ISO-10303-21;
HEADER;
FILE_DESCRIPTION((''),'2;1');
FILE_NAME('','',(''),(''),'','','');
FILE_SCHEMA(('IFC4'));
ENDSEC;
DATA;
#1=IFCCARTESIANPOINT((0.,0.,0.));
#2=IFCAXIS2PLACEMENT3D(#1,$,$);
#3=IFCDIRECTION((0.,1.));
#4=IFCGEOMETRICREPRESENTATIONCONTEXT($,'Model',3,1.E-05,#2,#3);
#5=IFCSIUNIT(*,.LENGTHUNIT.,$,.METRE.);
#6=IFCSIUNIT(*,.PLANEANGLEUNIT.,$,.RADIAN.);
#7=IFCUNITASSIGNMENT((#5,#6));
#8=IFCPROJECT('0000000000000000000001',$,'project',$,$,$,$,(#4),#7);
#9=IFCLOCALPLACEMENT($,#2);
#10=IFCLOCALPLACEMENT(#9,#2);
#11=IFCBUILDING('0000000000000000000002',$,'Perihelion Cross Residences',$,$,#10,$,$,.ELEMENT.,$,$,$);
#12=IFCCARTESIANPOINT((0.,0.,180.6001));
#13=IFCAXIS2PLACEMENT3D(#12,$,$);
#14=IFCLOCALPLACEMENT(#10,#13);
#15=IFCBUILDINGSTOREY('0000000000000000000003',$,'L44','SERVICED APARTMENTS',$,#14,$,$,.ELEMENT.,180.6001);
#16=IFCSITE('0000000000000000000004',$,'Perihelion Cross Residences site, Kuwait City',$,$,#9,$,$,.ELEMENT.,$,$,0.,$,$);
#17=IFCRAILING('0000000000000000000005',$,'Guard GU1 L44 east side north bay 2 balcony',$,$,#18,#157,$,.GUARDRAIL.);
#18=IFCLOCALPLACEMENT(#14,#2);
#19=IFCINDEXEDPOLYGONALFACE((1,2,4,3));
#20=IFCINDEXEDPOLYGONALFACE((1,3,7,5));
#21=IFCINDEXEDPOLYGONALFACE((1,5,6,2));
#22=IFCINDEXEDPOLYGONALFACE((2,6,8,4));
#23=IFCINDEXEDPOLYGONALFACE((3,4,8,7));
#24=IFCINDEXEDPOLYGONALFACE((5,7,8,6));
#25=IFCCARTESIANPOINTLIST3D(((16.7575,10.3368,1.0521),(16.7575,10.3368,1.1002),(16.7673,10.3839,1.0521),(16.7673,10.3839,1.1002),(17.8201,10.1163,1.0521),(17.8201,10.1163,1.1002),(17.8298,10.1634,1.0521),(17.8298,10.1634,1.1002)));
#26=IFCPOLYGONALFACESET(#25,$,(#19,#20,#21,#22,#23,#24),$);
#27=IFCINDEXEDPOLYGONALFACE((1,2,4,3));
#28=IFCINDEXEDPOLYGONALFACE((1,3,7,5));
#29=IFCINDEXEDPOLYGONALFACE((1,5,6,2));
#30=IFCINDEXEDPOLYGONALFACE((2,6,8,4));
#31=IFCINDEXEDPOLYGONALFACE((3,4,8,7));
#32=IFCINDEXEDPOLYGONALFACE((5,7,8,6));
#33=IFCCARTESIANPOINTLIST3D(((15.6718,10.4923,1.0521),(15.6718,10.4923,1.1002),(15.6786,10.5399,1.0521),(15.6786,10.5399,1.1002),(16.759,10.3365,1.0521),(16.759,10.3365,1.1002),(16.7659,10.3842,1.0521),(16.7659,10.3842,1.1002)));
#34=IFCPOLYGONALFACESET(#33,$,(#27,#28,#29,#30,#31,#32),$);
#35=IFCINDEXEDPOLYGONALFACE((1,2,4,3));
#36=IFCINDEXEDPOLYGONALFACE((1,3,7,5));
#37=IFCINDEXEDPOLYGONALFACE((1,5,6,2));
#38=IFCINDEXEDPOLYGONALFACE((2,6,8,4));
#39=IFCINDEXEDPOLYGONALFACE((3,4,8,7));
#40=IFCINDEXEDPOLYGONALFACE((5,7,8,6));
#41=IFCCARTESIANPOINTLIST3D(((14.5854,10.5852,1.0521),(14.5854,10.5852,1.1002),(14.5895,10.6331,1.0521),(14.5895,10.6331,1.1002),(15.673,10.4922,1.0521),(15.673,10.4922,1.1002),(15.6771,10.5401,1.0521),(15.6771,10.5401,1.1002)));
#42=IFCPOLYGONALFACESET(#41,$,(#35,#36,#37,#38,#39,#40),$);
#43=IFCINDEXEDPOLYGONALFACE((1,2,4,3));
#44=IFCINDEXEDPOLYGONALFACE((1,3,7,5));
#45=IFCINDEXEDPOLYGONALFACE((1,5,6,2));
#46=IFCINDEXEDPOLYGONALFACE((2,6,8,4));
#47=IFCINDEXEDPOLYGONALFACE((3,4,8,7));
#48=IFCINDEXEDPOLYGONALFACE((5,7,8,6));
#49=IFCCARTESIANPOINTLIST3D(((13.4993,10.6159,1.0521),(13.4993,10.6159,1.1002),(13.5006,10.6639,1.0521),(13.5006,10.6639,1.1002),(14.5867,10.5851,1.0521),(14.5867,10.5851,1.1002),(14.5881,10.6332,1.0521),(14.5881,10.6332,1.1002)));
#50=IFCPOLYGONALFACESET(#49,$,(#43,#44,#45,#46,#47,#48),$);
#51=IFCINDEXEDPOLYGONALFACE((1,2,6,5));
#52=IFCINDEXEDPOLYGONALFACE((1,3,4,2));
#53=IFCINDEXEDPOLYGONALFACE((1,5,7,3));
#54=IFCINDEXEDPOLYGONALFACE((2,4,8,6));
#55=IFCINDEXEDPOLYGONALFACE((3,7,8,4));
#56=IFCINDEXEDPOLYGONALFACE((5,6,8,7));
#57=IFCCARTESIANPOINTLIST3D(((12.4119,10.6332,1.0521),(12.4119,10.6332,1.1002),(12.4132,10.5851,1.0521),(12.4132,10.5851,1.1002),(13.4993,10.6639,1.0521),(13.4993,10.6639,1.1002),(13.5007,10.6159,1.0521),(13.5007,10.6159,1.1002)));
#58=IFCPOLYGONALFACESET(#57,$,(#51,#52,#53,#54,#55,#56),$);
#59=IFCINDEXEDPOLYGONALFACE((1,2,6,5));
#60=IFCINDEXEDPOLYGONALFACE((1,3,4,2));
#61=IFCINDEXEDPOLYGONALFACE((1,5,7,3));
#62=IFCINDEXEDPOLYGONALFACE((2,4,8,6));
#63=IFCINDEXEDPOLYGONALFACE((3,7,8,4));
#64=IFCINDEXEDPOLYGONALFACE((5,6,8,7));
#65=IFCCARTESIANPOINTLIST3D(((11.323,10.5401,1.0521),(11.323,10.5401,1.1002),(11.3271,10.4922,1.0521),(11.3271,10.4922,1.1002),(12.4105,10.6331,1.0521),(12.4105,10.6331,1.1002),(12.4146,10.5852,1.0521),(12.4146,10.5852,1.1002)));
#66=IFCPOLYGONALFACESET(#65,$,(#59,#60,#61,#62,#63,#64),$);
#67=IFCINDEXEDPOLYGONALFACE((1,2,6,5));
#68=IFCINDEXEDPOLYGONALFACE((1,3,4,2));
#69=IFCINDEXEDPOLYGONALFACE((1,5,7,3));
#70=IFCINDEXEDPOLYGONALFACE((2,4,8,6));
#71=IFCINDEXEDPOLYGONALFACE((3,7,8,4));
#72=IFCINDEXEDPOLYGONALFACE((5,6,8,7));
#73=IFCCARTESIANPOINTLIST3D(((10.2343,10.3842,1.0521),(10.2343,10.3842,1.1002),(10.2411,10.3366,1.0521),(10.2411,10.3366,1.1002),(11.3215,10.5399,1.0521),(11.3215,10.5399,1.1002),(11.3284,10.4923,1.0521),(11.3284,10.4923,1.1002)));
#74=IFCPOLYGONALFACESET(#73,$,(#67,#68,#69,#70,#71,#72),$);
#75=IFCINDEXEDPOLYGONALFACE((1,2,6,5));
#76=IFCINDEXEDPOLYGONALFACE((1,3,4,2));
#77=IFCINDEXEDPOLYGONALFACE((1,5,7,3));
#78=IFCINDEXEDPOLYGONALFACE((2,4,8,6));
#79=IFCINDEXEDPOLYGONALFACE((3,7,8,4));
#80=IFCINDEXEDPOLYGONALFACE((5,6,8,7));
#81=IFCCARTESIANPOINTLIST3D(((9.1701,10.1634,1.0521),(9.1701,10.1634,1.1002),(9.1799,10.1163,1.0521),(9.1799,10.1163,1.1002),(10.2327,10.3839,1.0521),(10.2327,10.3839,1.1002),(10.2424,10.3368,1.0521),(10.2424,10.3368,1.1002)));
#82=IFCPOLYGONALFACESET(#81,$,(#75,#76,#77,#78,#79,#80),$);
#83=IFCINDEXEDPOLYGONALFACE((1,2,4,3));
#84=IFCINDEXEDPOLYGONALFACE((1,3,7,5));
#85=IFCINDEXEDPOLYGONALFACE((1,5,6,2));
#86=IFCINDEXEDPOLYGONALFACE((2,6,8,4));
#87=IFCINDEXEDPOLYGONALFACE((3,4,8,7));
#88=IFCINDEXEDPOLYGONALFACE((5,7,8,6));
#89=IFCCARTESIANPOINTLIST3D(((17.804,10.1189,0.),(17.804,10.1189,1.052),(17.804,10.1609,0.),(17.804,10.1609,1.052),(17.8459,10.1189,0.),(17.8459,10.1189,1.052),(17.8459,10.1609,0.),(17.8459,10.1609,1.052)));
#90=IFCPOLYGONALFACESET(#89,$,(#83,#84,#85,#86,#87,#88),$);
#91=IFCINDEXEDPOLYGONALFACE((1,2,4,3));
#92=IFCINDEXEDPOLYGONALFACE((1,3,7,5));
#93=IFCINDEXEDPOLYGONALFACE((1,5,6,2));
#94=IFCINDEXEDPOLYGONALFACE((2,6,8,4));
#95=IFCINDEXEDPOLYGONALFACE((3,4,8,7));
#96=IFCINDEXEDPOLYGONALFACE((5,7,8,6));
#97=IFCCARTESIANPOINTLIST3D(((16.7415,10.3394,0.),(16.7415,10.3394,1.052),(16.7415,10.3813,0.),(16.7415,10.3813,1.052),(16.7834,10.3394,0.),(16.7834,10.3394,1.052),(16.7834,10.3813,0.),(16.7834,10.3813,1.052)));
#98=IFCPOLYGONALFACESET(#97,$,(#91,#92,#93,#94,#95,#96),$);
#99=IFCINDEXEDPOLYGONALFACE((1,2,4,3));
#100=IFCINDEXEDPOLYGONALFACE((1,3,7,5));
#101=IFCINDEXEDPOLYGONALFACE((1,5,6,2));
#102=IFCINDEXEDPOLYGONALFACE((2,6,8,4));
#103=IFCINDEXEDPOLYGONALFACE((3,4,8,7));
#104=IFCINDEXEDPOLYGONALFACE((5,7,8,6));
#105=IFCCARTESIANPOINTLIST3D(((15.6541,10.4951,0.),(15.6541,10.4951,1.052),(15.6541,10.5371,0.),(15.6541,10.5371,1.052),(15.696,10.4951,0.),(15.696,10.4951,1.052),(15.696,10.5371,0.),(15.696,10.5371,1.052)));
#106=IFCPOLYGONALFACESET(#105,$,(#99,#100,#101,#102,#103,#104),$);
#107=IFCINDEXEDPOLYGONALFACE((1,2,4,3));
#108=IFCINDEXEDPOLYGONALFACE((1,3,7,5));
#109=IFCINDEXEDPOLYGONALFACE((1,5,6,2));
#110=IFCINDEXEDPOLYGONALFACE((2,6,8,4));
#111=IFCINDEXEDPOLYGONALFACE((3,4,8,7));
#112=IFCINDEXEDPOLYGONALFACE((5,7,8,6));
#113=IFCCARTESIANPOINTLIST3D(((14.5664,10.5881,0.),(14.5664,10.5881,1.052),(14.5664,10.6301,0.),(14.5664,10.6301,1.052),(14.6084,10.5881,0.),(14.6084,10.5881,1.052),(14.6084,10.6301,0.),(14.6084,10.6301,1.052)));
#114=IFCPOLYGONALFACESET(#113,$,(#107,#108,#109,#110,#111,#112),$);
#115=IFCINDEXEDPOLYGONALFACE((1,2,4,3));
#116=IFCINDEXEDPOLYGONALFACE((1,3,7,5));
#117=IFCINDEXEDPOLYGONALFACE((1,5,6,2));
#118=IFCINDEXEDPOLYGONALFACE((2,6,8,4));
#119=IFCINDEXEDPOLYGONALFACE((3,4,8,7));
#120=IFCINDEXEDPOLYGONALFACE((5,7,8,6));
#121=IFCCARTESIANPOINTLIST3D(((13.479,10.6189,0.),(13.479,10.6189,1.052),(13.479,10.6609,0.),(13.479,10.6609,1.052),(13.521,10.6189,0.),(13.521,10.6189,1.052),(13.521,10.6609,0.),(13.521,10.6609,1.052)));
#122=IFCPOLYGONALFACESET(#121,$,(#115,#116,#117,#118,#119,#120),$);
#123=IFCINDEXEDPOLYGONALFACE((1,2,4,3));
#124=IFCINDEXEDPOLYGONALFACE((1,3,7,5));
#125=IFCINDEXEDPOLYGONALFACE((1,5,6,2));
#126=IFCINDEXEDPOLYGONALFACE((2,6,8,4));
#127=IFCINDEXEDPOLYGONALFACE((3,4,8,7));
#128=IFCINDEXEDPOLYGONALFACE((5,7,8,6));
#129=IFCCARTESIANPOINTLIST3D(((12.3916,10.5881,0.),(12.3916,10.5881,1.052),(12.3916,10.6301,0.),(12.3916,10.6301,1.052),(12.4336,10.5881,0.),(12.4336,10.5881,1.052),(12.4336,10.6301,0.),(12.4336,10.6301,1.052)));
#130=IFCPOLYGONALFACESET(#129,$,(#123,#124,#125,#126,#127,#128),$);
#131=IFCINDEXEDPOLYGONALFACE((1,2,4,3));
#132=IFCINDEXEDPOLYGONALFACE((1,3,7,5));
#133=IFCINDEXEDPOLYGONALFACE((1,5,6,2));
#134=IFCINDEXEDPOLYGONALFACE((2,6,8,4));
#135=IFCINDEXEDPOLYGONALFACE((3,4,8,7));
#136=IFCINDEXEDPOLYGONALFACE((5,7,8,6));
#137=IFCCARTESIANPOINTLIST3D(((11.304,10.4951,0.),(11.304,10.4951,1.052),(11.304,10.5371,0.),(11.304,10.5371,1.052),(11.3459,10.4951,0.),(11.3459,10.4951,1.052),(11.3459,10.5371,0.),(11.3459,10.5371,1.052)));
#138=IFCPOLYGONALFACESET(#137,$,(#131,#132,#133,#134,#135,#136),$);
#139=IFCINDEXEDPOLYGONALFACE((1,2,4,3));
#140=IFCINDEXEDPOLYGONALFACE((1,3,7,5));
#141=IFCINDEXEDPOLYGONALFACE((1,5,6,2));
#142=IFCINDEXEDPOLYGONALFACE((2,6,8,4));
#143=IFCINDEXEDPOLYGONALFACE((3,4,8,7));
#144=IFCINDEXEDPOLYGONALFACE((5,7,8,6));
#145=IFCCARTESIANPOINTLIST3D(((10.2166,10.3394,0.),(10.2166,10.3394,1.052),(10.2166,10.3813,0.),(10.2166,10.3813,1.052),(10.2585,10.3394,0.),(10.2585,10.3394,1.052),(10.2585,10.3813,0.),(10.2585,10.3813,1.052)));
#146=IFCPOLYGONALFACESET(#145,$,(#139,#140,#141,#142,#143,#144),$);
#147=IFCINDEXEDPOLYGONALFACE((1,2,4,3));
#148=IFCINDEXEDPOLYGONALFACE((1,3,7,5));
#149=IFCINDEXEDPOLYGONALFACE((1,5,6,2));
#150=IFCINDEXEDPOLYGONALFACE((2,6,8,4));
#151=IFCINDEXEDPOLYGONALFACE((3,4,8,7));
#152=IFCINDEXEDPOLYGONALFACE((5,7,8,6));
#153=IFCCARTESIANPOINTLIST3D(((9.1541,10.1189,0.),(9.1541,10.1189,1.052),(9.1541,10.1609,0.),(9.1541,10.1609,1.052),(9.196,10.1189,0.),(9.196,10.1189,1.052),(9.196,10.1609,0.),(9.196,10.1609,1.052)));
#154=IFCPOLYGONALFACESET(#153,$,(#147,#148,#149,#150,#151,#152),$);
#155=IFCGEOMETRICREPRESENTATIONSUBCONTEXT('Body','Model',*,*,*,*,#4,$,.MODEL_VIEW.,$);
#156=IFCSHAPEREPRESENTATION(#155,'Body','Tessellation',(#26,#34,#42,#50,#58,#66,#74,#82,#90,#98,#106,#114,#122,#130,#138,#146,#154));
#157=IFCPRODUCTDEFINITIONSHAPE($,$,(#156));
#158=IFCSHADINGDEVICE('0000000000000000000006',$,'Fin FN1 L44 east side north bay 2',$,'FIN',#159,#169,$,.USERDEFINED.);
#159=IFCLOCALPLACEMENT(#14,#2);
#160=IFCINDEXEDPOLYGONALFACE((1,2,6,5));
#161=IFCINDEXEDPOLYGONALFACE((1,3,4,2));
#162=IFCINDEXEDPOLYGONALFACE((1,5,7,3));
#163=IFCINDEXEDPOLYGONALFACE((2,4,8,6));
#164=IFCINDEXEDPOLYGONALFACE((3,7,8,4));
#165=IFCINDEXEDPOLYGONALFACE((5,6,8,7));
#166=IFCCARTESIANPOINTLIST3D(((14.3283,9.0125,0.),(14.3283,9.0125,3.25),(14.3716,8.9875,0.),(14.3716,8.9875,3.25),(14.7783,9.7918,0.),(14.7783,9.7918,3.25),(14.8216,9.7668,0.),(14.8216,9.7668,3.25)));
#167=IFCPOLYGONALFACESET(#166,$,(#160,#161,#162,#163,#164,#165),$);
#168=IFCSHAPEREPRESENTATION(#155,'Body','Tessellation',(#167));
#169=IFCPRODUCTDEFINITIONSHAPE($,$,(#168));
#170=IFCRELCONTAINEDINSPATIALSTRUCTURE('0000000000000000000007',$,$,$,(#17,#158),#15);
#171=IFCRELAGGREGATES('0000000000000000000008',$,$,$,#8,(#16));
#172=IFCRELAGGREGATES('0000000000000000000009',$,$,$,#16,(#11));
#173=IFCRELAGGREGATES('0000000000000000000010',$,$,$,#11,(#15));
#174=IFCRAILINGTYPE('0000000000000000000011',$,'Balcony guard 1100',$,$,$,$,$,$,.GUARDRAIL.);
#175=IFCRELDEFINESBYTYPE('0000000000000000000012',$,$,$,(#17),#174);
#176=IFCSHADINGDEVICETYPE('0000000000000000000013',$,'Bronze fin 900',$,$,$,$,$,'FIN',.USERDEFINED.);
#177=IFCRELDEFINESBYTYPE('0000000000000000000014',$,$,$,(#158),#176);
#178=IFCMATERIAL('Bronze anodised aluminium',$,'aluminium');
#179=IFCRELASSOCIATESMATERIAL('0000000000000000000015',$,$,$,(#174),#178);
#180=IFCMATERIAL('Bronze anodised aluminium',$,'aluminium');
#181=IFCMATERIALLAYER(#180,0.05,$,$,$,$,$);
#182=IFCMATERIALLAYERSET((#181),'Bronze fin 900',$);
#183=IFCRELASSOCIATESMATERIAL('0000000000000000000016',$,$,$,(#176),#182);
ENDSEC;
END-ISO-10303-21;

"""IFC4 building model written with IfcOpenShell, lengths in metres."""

from ifc_helpers import new_model, si_unit, direction, frame, origin, origin_2d, place, context, subcontext, project, spatial, rectangle, extrude, material, layer, layer_set, type_object, element, save


model = new_model("IFC4")

# Units and contexts
model_context = context("Model", 3, precision=1e-05, world=origin(), true_north=direction((0.0, 1.0)))
body_context = subcontext(model_context, "Body", "Model", "MODEL_VIEW")
ifc_project = project(units=[si_unit("LENGTHUNIT", "METRE"), si_unit("PLANEANGLEUNIT", "RADIAN")], contexts=[model_context])

# Site, building, storey
site_placement = place(None, origin())
site = spatial("IfcSite", under=ifc_project, at=site_placement, Name="Perihelion Cross Residences site, Kuwait City", CompositionType="ELEMENT", RefElevation=0.0)
building_placement = place(site_placement, origin())
building = spatial("IfcBuilding", under=site, at=building_placement, Name="Perihelion Cross Residences", CompositionType="ELEMENT")
storey_placement = place(building_placement, frame((0.0, 0.0, 180.6001)))
storey = spatial("IfcBuildingStorey", under=building, at=storey_placement, Name="L44", Description="SERVICED APARTMENTS", CompositionType="ELEMENT", Elevation=180.6001)

# Railing
ifc_material_1 = material(Name="Bronze anodised aluminium", Category="aluminium")
railing_type = type_object("IfcRailingType", Name="Balcony guard 1100", PredefinedType="GUARDRAIL", material=ifc_material_1)
railing_placement = place(storey_placement, frame((17.825, 10.1399, 0.0)))
element("IfcRailing", 1, at=railing_placement, inside=storey, type_object=railing_type, Name="Guard GU1 L44 east side north bay 2 balcony", PredefinedType="GUARDRAIL", context=body_context, shape_type="SweptSolid", body=[
    extrude(rectangle(XDim=0.0481, YDim=0.0481, at=origin_2d()), frame((0.0, 0.0, 1.0762), z_axis=(-0.979145, 0.203164, 0.0), x_axis=(-0.203164, -0.979145, 0.0)), (0.0, 0.0, 1.0), 1.0852),
    extrude(rectangle(XDim=0.0481, YDim=0.0481, at=origin_2d()), frame((-1.0625, 0.2205, 1.0762), z_axis=(-0.989896, 0.141795, 0.0), x_axis=(-0.141795, -0.989896, 0.0)), (0.0, 0.0, 1.0), 1.0984),
    extrude(rectangle(XDim=0.0481, YDim=0.0481, at=origin_2d()), frame((-2.1499, 0.3762, 1.0762), z_axis=(-0.996363, 0.085211, 0.0), x_axis=(-0.085211, -0.996363, 0.0)), (0.0, 0.0, 1.0), 1.0916),
    extrude(rectangle(XDim=0.0481, YDim=0.0481, at=origin_2d()), frame((-3.2375, 0.4692, 1.0762), z_axis=(-0.9996, 0.028278, 0.0), x_axis=(-0.028278, -0.9996, 0.0)), (0.0, 0.0, 1.0), 1.0879),
    extrude(rectangle(XDim=0.0481, YDim=0.0481, at=origin_2d()), frame((-4.325, 0.5, 1.0762), z_axis=(-0.9996, -0.028278, 0.0), x_axis=(0.028278, -0.9996, 0.0)), (0.0, 0.0, 1.0), 1.0879),
    extrude(rectangle(XDim=0.0481, YDim=0.0481, at=origin_2d()), frame((-5.4124, 0.4692, 1.0762), z_axis=(-0.996363, -0.085211, 0.0), x_axis=(0.085211, -0.996363, 0.0)), (0.0, 0.0, 1.0), 1.0916),
    extrude(rectangle(XDim=0.0481, YDim=0.0481, at=origin_2d()), frame((-6.5, 0.3762, 1.0762), z_axis=(-0.989896, -0.141795, 0.0), x_axis=(0.141795, -0.989896, 0.0)), (0.0, 0.0, 1.0), 1.0984),
    extrude(rectangle(XDim=0.0481, YDim=0.0481, at=origin_2d()), frame((-7.5874, 0.2205, 1.0762), z_axis=(-0.979145, -0.203164, 0.0), x_axis=(0.203164, -0.979145, 0.0)), (0.0, 0.0, 1.0), 1.0852),
    extrude(rectangle(XDim=0.042, YDim=0.042, at=origin_2d()), origin(), (0.0, 0.0, 1.0), 1.052),
    extrude(rectangle(XDim=0.042, YDim=0.042, at=origin_2d()), frame((-1.0625, 0.2205, 0.0)), (0.0, 0.0, 1.0), 1.052),
    extrude(rectangle(XDim=0.042, YDim=0.042, at=origin_2d()), frame((-2.1499, 0.3762, 0.0)), (0.0, 0.0, 1.0), 1.052),
    extrude(rectangle(XDim=0.042, YDim=0.042, at=origin_2d()), frame((-3.2375, 0.4692, 0.0)), (0.0, 0.0, 1.0), 1.052),
    extrude(rectangle(XDim=0.042, YDim=0.042, at=origin_2d()), frame((-4.325, 0.5, 0.0)), (0.0, 0.0, 1.0), 1.052),
    extrude(rectangle(XDim=0.042, YDim=0.042, at=origin_2d()), frame((-5.4124, 0.4692, 0.0)), (0.0, 0.0, 1.0), 1.052),
    extrude(rectangle(XDim=0.042, YDim=0.042, at=origin_2d()), frame((-6.5, 0.3762, 0.0)), (0.0, 0.0, 1.0), 1.052),
    extrude(rectangle(XDim=0.042, YDim=0.042, at=origin_2d()), frame((-7.5874, 0.2205, 0.0)), (0.0, 0.0, 1.0), 1.052),
    extrude(rectangle(XDim=0.042, YDim=0.042, at=origin_2d()), frame((-8.6499, 0.0, 0.0)), (0.0, 0.0, 1.0), 1.052),
])

# Shading device
ifc_material_2 = material(Name="Bronze anodised aluminium", Category="aluminium")
ifc_layer_1 = layer(ifc_material_2, 0.05)
ifc_layer_set_1 = layer_set([ifc_layer_1], Name="Bronze fin 900")
shading_device_type = type_object("IfcShadingDeviceType", Name="Bronze fin 900", ElementType="FIN", PredefinedType="USERDEFINED", material=ifc_layer_set_1)
shading_device_placement = place(storey_placement, frame((14.575, 9.3896, 0.0), z_axis=(0.0, 0.0, 1.0), x_axis=(0.5, 0.866025, 0.0)))
element("IfcShadingDevice", 2, at=shading_device_placement, inside=storey, type_object=shading_device_type, Name="Fin FN1 L44 east side north bay 2", ObjectType="FIN", PredefinedType="USERDEFINED", context=body_context, shape_type="SweptSolid", body=[
    extrude(rectangle(XDim=0.8999, YDim=0.05, at=origin_2d()), origin(), (0.0, 0.0, 1.0), 3.25),
])

save(model, "model.ifc")
